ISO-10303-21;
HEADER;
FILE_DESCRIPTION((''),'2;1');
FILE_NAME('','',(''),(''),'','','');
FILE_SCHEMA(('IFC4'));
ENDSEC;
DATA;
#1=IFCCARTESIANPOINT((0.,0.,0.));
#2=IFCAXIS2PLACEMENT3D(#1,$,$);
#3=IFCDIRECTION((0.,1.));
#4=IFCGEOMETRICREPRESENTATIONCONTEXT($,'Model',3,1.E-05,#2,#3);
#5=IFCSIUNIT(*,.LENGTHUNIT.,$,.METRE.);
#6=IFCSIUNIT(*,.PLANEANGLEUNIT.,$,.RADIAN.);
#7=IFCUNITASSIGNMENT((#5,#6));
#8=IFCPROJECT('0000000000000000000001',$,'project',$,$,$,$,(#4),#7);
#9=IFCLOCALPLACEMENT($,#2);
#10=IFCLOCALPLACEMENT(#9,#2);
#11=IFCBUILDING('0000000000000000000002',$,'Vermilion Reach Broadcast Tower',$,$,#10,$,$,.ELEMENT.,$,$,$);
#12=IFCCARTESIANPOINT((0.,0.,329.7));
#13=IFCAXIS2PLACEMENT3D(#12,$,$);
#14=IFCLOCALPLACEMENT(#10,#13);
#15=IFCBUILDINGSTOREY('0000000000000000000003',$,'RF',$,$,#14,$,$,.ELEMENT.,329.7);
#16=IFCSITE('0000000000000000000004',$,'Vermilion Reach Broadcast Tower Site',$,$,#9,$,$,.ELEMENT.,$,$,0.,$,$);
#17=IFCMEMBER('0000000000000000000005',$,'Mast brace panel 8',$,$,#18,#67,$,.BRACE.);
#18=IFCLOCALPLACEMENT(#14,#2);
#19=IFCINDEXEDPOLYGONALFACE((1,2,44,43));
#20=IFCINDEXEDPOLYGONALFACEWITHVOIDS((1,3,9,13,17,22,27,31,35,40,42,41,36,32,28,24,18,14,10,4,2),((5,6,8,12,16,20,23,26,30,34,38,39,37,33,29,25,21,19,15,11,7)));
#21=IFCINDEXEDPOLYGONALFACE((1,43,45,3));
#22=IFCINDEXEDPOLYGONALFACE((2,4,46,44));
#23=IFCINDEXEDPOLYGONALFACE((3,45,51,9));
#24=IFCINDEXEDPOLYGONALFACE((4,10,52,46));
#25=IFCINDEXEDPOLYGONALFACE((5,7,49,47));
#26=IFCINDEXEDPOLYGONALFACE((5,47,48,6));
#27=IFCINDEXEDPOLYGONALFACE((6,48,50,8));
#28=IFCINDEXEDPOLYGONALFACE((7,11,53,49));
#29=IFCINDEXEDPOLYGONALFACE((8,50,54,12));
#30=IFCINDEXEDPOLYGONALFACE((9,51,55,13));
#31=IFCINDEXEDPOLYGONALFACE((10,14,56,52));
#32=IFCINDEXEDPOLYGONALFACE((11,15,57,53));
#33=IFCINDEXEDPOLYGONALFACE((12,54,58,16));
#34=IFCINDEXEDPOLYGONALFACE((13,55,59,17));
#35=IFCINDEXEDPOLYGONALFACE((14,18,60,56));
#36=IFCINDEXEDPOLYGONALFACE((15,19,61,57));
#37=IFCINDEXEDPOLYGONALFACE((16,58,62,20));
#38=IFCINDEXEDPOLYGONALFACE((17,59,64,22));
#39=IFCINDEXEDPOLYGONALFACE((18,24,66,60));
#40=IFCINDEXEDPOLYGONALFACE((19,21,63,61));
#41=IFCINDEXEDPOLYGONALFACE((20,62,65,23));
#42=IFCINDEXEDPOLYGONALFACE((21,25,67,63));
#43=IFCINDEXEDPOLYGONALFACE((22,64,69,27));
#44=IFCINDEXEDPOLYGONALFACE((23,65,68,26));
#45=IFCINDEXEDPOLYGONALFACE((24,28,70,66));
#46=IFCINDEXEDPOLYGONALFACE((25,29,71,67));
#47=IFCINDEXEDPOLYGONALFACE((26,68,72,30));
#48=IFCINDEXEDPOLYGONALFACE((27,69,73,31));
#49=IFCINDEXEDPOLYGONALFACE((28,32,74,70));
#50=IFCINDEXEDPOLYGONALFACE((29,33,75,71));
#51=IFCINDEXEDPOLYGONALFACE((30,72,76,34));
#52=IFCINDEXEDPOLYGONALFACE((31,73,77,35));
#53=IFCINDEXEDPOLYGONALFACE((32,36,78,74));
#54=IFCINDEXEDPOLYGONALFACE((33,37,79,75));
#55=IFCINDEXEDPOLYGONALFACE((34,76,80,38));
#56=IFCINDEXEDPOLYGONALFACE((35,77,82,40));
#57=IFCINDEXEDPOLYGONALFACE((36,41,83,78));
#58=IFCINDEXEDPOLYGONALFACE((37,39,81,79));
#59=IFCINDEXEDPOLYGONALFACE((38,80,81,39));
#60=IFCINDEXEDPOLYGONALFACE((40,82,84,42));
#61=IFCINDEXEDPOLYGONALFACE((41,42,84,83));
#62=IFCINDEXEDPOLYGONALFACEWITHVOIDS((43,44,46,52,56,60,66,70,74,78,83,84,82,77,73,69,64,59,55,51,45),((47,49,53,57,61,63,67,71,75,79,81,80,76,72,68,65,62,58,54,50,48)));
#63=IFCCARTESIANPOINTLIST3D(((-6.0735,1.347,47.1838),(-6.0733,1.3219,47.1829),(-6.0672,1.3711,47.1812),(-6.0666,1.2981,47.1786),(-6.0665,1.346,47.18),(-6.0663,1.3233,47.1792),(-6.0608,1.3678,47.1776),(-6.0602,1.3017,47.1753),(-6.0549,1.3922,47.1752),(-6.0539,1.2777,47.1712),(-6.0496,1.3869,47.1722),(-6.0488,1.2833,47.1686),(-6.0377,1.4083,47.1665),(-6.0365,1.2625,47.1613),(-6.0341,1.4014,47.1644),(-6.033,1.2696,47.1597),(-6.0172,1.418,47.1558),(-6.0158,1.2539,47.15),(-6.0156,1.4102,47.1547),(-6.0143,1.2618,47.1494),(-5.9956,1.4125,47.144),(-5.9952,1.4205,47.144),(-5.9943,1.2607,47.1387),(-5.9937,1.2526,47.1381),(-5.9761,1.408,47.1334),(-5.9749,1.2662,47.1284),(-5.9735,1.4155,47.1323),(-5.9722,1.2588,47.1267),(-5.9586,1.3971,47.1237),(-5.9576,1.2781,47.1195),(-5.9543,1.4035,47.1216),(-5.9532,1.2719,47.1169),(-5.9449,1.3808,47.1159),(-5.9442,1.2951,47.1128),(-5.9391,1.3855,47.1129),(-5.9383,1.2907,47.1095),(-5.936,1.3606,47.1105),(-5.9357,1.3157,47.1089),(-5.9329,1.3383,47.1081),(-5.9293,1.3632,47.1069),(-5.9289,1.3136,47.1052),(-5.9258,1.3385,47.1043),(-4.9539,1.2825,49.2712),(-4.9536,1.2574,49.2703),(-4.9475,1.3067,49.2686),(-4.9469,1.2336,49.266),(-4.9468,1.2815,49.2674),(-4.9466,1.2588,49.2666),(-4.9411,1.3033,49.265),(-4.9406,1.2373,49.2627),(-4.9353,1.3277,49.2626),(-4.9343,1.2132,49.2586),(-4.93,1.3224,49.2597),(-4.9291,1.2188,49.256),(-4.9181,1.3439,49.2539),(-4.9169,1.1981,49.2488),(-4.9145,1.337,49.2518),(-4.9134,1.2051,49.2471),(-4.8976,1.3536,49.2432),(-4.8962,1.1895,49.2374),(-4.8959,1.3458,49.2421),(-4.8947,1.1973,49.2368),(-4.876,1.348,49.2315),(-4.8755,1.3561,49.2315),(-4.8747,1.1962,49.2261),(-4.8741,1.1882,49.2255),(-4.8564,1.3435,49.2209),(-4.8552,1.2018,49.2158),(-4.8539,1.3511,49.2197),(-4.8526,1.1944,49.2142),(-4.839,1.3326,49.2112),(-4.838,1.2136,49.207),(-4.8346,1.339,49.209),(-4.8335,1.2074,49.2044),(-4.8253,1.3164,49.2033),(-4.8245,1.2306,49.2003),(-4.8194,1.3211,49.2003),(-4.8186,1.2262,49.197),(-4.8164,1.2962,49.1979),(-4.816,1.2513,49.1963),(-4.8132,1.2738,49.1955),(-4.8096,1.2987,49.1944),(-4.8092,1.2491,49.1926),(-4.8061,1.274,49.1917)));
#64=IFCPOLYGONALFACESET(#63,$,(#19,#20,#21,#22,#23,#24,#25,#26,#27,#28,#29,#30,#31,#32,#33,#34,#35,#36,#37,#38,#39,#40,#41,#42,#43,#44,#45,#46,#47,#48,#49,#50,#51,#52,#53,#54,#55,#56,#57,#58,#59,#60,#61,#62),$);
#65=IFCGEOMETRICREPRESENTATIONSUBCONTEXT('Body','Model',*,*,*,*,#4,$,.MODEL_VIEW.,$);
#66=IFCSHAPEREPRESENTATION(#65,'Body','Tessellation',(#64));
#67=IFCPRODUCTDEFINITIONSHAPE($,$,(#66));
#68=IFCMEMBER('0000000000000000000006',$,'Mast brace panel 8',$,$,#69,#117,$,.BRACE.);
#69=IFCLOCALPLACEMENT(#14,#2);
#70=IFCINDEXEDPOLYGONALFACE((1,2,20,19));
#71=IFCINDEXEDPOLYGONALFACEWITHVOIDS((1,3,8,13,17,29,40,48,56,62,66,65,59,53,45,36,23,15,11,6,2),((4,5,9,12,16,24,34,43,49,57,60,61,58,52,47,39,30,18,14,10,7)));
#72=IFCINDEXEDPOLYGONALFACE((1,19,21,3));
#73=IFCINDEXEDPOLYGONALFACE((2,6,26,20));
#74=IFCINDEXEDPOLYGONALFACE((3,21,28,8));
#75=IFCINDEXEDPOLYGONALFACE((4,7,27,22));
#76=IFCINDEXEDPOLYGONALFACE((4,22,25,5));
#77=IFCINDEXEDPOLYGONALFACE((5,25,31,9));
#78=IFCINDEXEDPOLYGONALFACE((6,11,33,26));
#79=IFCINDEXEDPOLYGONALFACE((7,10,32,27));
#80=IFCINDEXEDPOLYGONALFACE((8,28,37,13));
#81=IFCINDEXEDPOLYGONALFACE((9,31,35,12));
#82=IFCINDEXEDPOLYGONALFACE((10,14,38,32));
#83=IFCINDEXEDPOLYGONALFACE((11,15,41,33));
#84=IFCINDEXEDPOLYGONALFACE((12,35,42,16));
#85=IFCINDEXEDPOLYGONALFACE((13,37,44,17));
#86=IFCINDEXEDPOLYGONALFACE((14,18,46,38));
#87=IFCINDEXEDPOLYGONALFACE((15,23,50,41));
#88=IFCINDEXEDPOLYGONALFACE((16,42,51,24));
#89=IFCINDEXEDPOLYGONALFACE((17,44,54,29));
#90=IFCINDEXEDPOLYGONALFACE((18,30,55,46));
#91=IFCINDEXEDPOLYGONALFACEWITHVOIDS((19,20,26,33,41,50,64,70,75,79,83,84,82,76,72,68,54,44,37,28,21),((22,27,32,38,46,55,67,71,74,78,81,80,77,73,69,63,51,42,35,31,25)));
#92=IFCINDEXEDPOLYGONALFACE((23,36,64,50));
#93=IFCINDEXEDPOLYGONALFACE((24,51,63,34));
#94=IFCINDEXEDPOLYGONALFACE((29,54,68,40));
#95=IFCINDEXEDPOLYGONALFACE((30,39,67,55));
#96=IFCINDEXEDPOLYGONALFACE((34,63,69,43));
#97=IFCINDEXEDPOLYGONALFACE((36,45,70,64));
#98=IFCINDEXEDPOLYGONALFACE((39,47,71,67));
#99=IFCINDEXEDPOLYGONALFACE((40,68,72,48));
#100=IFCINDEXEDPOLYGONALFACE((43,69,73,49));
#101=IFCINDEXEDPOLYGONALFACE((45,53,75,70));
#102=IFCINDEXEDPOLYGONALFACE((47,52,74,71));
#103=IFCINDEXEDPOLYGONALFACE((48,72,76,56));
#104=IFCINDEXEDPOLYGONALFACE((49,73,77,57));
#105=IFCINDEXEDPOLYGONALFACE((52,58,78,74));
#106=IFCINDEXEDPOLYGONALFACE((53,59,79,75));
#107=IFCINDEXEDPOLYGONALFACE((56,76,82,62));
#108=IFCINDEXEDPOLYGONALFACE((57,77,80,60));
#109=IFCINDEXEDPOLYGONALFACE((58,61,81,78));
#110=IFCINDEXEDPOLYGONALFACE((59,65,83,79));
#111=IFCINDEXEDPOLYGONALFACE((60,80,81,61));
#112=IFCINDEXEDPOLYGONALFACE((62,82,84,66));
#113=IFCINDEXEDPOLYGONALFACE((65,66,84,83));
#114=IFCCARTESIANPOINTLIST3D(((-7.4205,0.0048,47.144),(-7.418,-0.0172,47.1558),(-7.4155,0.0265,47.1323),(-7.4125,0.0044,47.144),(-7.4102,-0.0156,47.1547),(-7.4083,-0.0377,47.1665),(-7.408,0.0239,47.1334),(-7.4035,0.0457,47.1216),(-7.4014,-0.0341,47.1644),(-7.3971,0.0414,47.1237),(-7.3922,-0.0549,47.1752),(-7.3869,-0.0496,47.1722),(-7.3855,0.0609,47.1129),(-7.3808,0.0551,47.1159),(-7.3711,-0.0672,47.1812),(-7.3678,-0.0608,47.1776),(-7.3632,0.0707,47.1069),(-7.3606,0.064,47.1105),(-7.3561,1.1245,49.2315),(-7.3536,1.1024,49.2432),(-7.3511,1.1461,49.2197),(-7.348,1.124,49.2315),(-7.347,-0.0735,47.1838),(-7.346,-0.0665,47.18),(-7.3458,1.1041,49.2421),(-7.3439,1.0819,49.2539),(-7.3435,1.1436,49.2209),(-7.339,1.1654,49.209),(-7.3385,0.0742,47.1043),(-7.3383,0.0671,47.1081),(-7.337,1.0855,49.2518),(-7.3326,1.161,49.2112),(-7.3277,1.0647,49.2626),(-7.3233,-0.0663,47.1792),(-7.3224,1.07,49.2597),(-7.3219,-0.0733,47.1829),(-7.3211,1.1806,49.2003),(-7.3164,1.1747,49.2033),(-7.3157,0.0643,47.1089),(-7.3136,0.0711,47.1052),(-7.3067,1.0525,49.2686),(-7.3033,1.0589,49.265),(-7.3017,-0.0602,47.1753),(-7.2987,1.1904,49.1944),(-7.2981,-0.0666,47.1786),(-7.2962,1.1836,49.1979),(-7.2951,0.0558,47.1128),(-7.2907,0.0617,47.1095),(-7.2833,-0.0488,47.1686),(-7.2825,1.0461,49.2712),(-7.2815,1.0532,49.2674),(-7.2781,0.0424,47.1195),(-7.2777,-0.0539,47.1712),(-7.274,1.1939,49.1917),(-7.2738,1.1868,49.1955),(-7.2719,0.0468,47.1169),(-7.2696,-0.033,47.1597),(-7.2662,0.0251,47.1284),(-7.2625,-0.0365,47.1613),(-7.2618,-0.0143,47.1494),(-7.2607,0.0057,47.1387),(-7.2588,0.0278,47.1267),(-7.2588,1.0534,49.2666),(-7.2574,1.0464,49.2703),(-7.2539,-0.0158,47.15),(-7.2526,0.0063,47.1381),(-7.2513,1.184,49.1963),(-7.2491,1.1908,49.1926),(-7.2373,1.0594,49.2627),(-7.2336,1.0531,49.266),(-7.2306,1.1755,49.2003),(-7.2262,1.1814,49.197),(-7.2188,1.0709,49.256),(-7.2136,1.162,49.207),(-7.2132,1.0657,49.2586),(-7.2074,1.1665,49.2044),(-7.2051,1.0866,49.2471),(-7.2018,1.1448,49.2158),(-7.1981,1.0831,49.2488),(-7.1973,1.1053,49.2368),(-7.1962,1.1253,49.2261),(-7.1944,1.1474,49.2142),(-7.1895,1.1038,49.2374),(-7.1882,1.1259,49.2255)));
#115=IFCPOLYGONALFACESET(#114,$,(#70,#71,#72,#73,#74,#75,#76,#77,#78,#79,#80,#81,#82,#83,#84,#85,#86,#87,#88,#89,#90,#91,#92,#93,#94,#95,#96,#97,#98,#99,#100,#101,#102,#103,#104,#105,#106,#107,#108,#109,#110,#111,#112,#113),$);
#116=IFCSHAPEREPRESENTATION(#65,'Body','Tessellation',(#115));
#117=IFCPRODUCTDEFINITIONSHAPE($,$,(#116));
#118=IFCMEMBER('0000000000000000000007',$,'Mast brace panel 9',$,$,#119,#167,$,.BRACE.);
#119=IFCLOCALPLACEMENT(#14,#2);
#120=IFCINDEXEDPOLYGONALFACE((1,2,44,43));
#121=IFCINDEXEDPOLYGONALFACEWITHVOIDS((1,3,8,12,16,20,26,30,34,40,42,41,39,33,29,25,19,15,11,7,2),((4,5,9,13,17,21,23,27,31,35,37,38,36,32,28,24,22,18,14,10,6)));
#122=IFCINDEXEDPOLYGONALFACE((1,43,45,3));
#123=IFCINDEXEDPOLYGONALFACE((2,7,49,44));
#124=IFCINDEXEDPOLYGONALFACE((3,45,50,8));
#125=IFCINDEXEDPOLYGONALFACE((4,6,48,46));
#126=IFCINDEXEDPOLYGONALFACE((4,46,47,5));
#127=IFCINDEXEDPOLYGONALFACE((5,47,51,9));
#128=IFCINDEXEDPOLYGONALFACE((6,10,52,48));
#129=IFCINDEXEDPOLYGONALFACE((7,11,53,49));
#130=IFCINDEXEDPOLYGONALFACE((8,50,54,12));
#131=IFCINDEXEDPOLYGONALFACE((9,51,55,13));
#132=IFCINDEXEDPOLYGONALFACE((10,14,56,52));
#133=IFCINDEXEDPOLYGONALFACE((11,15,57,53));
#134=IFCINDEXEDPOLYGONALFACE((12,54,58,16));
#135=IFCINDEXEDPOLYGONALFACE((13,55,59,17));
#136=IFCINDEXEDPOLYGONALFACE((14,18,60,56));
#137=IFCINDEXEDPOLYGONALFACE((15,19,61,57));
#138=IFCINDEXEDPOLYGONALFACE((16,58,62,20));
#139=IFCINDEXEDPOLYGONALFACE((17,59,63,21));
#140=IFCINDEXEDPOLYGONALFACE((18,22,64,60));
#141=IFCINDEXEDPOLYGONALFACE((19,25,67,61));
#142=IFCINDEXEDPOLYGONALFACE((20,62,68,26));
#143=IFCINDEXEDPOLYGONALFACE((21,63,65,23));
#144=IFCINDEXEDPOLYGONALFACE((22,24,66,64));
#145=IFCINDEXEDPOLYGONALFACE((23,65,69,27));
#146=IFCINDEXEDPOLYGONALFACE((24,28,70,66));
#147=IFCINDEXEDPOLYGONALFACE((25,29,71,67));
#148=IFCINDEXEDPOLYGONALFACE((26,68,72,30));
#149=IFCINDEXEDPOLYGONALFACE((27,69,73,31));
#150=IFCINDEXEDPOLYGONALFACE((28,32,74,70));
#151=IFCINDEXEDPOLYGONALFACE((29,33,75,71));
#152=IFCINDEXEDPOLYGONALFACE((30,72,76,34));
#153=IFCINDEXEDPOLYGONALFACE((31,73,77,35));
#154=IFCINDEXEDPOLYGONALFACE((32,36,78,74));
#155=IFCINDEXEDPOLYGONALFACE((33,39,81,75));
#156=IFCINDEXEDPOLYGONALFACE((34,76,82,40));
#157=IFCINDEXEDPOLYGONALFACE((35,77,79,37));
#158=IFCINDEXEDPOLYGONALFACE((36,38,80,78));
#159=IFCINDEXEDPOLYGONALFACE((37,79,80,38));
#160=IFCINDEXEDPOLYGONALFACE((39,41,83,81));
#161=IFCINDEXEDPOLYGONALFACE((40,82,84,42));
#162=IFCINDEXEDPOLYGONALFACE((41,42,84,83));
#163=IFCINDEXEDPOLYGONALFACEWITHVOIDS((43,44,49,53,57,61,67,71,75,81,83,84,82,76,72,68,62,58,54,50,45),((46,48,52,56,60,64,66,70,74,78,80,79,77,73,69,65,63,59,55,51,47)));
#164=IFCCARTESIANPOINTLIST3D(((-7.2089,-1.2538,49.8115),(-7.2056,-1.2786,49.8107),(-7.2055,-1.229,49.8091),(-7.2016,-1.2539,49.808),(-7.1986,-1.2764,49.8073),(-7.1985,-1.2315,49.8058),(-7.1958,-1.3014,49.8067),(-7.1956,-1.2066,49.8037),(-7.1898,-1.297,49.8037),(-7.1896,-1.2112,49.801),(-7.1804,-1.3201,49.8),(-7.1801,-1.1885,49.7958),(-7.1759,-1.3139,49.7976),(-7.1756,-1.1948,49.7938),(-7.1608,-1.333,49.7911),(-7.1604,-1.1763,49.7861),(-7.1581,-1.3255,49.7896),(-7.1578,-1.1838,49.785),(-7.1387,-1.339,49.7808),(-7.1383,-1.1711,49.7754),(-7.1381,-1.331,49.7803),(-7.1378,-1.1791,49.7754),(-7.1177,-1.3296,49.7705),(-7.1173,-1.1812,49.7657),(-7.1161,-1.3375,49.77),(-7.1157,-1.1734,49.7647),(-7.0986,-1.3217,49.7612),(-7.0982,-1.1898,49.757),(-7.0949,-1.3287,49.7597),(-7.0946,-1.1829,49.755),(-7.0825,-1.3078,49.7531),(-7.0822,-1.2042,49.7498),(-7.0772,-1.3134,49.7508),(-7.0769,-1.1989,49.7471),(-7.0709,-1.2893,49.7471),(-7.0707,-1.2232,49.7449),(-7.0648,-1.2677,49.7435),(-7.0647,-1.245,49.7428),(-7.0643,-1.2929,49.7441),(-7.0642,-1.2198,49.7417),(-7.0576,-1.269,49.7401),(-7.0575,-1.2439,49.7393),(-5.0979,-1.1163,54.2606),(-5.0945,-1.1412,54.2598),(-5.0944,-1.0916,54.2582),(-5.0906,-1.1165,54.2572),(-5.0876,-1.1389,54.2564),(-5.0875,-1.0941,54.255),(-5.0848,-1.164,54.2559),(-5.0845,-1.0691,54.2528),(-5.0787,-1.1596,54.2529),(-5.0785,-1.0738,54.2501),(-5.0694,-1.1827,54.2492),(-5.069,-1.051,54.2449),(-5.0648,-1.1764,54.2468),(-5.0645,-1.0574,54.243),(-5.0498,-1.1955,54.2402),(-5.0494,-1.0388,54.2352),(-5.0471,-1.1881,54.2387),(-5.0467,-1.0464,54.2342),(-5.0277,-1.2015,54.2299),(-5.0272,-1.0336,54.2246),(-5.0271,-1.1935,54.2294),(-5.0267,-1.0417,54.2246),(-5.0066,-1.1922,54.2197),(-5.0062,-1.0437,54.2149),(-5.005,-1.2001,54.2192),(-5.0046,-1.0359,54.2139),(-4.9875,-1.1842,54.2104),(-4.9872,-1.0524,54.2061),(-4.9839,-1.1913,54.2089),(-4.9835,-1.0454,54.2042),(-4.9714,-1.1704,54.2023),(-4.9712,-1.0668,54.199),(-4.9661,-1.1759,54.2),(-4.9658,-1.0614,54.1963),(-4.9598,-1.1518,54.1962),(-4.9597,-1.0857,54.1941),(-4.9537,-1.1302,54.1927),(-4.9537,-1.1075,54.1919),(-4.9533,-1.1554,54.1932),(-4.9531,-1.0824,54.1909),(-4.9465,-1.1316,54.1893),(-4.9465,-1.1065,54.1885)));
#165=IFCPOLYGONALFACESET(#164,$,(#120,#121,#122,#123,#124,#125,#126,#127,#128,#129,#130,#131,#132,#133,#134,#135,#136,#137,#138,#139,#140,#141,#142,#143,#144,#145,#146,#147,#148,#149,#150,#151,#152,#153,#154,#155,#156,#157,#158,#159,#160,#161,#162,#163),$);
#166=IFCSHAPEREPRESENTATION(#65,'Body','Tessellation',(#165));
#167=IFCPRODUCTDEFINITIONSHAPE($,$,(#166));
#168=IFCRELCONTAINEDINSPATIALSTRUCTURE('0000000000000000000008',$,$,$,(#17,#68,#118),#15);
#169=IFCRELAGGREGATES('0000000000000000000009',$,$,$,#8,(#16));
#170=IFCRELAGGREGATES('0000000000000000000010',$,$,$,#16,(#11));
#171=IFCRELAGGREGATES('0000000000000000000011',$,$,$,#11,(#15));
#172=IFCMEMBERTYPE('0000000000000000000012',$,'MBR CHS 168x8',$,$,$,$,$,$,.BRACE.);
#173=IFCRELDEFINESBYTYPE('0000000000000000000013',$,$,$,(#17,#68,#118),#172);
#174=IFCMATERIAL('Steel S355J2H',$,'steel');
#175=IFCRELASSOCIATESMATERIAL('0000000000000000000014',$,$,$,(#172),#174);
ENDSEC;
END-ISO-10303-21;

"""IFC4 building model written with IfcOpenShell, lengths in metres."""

from ifc_helpers import new_model, si_unit, direction, frame, origin, origin_2d, place, context, subcontext, project, spatial, hollow_circle, extrude, material, material_profile, profile_set, type_object, element, save


model = new_model("IFC4")

# Units and contexts
model_context = context("Model", 3, precision=1e-05, world=origin(), true_north=direction((0.0, 1.0)))
body_context = subcontext(model_context, "Body", "Model", "MODEL_VIEW")
ifc_project = project(units=[si_unit("LENGTHUNIT", "METRE"), si_unit("PLANEANGLEUNIT", "RADIAN")], contexts=[model_context])

# Site, building, storey
site_placement = place(None, origin())
site = spatial("IfcSite", under=ifc_project, at=site_placement, Name="Vermilion Reach Broadcast Tower Site", CompositionType="ELEMENT", RefElevation=0.0)
building_placement = place(site_placement, origin())
building = spatial("IfcBuilding", under=site, at=building_placement, Name="Vermilion Reach Broadcast Tower", CompositionType="ELEMENT")
storey_placement = place(building_placement, frame((0.0, 0.0, 329.7)))
storey = spatial("IfcBuildingStorey", under=building, at=storey_placement, Name="RF", CompositionType="ELEMENT", Elevation=329.7)

# Members
ifc_material_1 = material(Name="Steel S355J2H", Category="steel")
ifc_material_profile_1 = material_profile(ifc_material_1, hollow_circle(Radius=0.0842, WallThickness=0.0081, at=origin_2d()), Name="S355J2H CHS 168x8")
ifc_profile_set_1 = profile_set([ifc_material_profile_1], Name="Steel S355J2H")
member_type_1 = type_object("IfcMemberType", Name="MBR CHS 168x8", PredefinedType="BRACE", material=ifc_profile_set_1)
for number, where, z_axis, x_axis, name in (
    (1, (-6.0, 1.3364, 47.144), (0.472498, -0.0272, 0.880912), (0.057471, 0.998347, 0.0), "Mast brace panel 8"),
    (2, (-7.3364, 0.0, 47.144), (0.0272, 0.472498, 0.880912), (-0.998347, 0.057471, 0.0), "Mast brace panel 8"),
):
    element("IfcMember", number, at=place(storey_placement, frame(where, z_axis=z_axis, x_axis=x_axis)), inside=storey, type_object=member_type_1, Name=name, PredefinedType="BRACE", context=body_context, shape_type="SweptSolid", body=[
        extrude(hollow_circle(Radius=0.0842, WallThickness=0.0081, at=origin_2d()), origin(), (0.0, 0.0, 1.0), 2.3696),
    ])
member_1_placement = place(storey_placement, frame((-7.1328, -1.2551, 49.7754), z_axis=(0.42851, 0.0279, 0.903106), x_axis=(-0.064972, 0.997887, 0.0)))
element("IfcMember", 3, at=member_1_placement, inside=storey, type_object=member_type_1, Name="Mast brace panel 9", PredefinedType="BRACE", context=body_context, shape_type="SweptSolid", body=[
    extrude(hollow_circle(Radius=0.0842, WallThickness=0.0081, at=origin_2d()), origin(), (0.0, 0.0, 1.0), 4.9265),
])

save(model, "model.ifc")
